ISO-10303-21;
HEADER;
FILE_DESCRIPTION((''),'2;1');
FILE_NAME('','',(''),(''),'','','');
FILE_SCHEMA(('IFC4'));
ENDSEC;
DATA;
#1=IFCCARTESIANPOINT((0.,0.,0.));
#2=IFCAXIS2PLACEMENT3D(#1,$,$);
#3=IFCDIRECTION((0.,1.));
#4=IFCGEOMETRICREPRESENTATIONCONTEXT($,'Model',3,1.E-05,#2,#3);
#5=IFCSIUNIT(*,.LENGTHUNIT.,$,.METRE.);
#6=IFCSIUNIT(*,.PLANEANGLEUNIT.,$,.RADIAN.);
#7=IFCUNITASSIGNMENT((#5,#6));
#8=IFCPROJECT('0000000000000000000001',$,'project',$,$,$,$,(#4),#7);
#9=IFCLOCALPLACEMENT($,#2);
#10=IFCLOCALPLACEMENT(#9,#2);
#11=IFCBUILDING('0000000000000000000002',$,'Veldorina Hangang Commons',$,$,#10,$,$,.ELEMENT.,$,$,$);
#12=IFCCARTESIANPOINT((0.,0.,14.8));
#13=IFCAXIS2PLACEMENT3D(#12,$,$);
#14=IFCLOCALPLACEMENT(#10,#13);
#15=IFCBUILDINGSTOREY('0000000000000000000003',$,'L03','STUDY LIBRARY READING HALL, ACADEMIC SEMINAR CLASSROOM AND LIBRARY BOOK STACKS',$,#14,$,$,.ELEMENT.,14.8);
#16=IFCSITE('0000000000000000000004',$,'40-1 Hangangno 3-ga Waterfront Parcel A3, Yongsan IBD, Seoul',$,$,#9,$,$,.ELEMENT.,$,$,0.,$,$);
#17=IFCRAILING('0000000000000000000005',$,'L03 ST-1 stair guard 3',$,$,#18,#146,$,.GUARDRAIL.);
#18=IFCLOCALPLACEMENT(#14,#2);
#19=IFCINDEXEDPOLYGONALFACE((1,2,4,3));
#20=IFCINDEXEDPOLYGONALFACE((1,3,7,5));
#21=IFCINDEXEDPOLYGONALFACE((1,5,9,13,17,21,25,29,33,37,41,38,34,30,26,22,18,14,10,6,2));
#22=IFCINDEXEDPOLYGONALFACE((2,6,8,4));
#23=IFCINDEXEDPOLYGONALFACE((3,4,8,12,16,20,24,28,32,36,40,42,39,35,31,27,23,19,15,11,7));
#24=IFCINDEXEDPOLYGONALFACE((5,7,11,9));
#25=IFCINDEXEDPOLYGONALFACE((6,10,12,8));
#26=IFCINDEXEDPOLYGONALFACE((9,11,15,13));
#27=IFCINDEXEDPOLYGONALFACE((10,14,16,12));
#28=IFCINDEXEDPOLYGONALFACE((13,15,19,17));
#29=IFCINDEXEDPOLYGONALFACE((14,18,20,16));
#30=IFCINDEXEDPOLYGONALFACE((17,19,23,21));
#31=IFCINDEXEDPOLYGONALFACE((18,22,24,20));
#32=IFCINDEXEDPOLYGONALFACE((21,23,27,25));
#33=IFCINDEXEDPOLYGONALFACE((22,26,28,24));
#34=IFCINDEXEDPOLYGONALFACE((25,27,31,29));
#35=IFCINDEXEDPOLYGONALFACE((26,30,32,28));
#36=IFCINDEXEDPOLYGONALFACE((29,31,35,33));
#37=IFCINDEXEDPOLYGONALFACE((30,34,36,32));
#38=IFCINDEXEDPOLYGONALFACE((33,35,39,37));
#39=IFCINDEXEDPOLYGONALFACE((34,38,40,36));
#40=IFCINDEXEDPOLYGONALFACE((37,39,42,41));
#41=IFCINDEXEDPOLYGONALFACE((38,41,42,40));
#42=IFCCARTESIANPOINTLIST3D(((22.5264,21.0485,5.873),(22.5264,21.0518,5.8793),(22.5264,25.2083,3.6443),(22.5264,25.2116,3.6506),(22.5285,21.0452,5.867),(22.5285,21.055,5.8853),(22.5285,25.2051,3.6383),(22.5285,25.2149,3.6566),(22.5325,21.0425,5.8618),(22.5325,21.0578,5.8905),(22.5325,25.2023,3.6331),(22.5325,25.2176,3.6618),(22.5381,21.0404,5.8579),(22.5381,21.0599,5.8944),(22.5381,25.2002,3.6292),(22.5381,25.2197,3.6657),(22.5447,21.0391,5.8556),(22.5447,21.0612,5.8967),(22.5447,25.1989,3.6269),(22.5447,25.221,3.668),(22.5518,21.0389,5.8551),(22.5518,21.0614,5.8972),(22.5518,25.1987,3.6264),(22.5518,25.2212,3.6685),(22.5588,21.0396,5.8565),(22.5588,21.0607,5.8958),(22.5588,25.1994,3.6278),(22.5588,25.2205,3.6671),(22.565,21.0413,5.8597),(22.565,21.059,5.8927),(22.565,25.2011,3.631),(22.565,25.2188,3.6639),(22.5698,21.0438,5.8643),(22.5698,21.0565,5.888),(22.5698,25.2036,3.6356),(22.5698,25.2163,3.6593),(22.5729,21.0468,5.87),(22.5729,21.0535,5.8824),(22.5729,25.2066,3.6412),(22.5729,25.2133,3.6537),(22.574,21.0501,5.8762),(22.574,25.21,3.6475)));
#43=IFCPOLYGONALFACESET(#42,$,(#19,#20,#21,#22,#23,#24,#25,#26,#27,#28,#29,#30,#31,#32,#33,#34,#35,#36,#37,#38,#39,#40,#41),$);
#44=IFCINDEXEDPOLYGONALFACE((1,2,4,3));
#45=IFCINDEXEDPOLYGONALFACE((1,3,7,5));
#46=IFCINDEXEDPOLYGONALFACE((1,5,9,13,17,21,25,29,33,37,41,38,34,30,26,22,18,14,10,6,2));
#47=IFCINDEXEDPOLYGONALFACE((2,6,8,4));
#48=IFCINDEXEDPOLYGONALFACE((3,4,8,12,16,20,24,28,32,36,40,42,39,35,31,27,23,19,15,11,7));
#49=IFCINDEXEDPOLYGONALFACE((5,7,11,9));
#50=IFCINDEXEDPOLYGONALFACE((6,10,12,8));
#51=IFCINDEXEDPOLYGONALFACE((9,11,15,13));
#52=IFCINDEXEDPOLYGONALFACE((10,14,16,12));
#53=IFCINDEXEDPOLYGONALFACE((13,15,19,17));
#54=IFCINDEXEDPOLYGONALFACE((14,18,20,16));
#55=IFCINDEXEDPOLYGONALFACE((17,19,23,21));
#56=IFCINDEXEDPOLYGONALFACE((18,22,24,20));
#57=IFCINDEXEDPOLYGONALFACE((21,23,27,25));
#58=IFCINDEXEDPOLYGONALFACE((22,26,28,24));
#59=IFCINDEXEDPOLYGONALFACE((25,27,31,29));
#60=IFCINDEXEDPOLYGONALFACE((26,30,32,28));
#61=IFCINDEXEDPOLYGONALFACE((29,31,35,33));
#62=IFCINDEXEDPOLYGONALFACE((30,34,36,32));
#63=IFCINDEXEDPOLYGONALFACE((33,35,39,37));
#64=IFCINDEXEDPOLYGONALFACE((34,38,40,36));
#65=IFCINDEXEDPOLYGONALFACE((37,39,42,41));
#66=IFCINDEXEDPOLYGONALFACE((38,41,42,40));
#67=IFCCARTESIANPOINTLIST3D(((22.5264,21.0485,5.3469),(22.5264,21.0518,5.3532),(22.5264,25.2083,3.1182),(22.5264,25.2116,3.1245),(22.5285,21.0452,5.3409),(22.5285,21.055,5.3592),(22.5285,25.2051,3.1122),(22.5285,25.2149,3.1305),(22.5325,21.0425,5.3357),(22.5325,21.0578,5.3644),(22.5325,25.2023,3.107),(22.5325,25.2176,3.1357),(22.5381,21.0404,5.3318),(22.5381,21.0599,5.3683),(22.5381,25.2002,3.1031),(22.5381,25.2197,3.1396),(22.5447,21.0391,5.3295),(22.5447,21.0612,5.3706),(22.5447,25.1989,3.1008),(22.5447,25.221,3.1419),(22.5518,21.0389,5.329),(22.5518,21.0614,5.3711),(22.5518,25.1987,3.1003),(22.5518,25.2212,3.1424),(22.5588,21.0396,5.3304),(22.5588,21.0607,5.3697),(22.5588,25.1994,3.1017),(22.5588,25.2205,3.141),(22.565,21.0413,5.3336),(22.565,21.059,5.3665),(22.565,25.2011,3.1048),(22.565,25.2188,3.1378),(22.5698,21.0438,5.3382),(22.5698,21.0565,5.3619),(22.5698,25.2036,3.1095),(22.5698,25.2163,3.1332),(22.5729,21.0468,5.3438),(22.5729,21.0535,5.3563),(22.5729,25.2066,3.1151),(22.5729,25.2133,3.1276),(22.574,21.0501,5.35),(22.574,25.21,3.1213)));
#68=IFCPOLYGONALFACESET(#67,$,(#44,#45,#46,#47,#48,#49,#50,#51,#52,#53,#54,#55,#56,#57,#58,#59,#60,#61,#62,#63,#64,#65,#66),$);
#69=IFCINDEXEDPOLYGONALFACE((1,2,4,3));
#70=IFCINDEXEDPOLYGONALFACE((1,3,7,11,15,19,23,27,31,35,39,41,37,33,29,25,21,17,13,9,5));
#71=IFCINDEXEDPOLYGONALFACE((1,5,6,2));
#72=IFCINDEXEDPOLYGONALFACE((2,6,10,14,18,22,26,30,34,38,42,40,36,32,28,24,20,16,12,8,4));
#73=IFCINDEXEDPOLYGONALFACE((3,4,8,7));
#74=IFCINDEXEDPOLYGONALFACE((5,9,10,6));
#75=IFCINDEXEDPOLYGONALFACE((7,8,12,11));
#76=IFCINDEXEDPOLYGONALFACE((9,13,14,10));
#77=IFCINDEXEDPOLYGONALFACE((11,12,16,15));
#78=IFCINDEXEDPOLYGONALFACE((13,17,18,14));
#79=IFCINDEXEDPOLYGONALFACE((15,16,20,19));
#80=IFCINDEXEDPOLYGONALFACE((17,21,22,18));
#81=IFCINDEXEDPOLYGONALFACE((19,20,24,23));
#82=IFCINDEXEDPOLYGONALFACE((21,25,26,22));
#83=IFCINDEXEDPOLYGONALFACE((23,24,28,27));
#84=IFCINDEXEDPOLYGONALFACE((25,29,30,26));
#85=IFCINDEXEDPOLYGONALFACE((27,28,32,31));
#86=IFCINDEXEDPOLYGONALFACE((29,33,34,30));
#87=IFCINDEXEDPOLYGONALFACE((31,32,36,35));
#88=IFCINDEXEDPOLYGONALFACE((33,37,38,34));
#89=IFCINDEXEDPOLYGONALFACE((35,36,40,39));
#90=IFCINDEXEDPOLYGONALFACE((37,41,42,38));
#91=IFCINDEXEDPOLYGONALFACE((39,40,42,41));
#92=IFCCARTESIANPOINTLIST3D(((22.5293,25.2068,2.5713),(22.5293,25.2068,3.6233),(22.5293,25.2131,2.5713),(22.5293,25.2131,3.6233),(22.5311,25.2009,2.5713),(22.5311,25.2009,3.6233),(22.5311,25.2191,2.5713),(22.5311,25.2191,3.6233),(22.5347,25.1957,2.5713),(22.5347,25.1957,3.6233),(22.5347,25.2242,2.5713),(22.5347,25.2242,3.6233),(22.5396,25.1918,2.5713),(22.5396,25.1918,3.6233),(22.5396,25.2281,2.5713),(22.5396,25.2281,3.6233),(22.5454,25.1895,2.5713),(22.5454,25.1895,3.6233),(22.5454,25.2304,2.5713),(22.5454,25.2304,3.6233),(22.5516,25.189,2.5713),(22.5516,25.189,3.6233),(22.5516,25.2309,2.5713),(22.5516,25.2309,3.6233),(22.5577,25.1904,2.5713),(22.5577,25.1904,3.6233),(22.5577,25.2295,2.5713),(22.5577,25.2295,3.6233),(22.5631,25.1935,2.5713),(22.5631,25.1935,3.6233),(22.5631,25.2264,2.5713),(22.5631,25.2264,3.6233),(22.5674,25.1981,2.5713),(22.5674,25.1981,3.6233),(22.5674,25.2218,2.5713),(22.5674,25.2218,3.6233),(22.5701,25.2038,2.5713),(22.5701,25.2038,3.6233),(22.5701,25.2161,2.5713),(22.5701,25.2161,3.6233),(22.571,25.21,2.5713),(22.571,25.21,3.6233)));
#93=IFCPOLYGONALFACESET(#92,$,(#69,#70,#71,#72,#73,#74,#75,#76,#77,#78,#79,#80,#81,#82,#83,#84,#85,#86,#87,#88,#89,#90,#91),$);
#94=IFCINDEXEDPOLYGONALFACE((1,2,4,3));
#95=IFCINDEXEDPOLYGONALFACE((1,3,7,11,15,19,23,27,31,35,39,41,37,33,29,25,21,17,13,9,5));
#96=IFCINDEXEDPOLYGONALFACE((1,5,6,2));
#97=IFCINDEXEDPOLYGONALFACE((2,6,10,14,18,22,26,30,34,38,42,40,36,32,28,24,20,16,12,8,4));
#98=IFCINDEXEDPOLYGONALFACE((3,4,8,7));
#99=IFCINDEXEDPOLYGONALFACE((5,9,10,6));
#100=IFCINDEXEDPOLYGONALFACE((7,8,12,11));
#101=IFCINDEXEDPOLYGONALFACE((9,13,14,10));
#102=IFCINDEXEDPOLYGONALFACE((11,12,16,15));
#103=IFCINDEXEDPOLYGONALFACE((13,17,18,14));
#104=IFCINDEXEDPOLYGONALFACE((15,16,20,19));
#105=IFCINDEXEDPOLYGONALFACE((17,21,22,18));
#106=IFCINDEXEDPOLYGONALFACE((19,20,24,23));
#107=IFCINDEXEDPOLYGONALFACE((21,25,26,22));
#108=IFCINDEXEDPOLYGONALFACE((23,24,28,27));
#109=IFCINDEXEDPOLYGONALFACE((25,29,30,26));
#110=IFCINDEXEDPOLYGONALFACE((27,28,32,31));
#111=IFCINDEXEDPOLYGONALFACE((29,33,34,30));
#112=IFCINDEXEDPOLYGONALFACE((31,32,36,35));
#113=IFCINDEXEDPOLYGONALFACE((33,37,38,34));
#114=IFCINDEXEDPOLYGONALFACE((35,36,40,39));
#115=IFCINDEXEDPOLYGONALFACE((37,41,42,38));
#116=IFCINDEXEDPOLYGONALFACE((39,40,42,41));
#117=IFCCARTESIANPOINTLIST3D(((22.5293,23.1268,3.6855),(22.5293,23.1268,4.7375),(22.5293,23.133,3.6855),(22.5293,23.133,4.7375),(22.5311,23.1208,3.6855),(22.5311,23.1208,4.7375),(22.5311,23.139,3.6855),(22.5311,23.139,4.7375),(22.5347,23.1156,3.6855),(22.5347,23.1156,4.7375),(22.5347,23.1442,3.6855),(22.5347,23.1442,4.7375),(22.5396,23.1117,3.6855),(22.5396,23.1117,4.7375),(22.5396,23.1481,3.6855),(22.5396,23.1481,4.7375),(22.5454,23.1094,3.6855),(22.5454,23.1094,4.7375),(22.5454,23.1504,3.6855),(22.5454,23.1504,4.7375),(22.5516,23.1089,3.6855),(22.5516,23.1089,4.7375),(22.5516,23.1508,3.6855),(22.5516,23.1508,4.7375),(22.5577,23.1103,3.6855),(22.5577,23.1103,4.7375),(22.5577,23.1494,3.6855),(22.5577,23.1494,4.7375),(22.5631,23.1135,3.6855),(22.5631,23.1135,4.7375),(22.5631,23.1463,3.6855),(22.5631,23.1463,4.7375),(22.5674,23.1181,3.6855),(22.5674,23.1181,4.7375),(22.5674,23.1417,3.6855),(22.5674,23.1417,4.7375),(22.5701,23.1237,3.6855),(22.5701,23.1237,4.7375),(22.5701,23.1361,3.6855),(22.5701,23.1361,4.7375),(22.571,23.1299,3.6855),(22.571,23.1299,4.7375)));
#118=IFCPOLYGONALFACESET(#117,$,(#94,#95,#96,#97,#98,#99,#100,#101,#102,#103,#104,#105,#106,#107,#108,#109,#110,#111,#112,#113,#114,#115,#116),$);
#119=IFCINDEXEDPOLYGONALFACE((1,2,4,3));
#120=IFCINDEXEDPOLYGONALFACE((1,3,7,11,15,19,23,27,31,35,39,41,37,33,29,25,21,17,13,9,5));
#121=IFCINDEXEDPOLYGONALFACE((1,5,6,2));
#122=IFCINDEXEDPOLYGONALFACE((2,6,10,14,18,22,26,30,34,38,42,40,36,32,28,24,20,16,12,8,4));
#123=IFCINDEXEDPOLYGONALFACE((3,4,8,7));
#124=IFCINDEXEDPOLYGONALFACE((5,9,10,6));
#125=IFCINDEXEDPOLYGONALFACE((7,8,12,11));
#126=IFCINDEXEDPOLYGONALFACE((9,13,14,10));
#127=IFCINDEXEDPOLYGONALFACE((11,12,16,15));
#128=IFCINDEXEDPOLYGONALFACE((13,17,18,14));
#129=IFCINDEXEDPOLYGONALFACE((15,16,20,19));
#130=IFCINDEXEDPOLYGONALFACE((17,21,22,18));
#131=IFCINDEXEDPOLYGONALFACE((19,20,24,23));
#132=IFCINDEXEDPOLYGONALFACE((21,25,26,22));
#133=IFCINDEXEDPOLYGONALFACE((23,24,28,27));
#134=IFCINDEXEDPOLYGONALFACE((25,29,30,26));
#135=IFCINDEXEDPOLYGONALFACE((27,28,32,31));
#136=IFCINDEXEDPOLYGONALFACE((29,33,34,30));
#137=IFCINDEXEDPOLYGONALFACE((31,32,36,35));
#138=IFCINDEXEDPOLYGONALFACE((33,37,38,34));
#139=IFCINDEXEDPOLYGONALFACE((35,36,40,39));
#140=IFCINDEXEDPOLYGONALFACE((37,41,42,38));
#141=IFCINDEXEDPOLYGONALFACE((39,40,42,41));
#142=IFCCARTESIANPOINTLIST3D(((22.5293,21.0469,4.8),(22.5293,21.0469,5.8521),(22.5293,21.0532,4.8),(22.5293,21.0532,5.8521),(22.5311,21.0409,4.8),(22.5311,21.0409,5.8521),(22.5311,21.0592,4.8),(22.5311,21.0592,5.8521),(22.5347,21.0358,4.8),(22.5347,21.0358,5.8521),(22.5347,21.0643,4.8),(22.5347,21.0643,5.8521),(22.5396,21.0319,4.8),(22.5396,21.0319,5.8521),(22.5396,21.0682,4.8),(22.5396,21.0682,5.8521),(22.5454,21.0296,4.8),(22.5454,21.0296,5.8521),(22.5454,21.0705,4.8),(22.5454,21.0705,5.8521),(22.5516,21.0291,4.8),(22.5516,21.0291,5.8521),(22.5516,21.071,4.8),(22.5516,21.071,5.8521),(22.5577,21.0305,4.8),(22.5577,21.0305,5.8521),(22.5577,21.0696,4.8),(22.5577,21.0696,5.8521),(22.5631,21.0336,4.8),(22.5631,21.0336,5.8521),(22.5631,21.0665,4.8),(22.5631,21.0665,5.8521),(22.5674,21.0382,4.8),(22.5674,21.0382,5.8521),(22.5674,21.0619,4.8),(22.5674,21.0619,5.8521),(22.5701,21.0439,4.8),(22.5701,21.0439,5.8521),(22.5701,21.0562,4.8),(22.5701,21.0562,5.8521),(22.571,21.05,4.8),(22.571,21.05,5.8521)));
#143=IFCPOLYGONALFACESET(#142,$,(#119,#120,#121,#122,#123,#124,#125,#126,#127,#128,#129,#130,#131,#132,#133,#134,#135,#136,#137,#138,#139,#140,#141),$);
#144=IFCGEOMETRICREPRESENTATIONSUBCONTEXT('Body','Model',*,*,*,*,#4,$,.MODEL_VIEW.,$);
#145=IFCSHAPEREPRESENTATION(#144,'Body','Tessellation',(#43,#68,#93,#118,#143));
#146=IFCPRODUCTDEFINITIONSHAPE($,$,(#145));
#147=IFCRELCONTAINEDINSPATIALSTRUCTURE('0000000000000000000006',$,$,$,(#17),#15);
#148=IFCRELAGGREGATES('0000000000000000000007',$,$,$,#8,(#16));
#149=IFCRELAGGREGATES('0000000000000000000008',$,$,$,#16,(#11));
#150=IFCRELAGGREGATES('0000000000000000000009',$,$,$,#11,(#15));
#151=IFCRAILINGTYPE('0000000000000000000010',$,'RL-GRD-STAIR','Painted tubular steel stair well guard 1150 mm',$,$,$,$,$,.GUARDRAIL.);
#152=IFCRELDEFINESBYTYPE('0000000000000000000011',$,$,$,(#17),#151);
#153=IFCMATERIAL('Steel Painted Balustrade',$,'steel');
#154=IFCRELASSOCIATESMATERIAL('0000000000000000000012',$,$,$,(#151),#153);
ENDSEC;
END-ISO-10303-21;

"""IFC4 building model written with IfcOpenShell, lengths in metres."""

from ifc_helpers import new_model, si_unit, direction, frame, origin, origin_2d, place, context, subcontext, project, spatial, circle, extrude, material, type_object, element, save


model = new_model("IFC4")

# Units and contexts
model_context = context("Model", 3, precision=1e-05, world=origin(), true_north=direction((0.0, 1.0)))
body_context = subcontext(model_context, "Body", "Model", "MODEL_VIEW")
ifc_project = project(units=[si_unit("LENGTHUNIT", "METRE"), si_unit("PLANEANGLEUNIT", "RADIAN")], contexts=[model_context])

# Site, building, storey
site_placement = place(None, origin())
site = spatial("IfcSite", under=ifc_project, at=site_placement, Name="40-1 Hangangno 3-ga Waterfront Parcel A3, Yongsan IBD, Seoul", CompositionType="ELEMENT", RefElevation=0.0)
building_placement = place(site_placement, origin())
building = spatial("IfcBuilding", under=site, at=building_placement, Name="Veldorina Hangang Commons", CompositionType="ELEMENT")
storey_placement = place(building_placement, frame((0.0, 0.0, 14.8)))
storey = spatial("IfcBuildingStorey", under=building, at=storey_placement, Name="L03", Description="STUDY LIBRARY READING HALL, ACADEMIC SEMINAR CLASSROOM AND LIBRARY BOOK STACKS", CompositionType="ELEMENT", Elevation=14.8)

# Railing
ifc_material_1 = material(Name="Steel Painted Balustrade", Category="steel")
railing_type_1 = type_object("IfcRailingType", Name="RL-GRD-STAIR", Description="Painted tubular steel stair well guard 1150 mm", PredefinedType="GUARDRAIL", material=ifc_material_1)
railing_1_placement = place(storey_placement, frame((22.55, 25.21, 2.5713)))
element("IfcRailing", 1, at=railing_1_placement, inside=storey, type_object=railing_type_1, Name="L03 ST-1 stair guard 3", PredefinedType="GUARDRAIL", context=body_context, shape_type="SweptSolid", body=[
    extrude(circle(Radius=0.0239, at=origin_2d()), frame((0.0, 0.0, 1.0762), z_axis=(0.0, -0.881459, 0.47226), x_axis=(1.0, 0.0, 0.0)), (0.0, 0.0, 1.0), 4.7192),
    extrude(circle(Radius=0.0239, at=origin_2d()), frame((0.0, 0.0, 0.55), z_axis=(0.0, -0.881459, 0.47226), x_axis=(1.0, 0.0, 0.0)), (0.0, 0.0, 1.0), 4.7192),
    extrude(circle(Radius=0.021, at=origin_2d()), origin(), (0.0, 0.0, 1.0), 1.052),
    extrude(circle(Radius=0.021, at=origin_2d()), frame((0.0, -2.0801, 1.1143)), (0.0, 0.0, 1.0), 1.052),
    extrude(circle(Radius=0.021, at=origin_2d()), frame((0.0, -4.1599, 2.2288)), (0.0, 0.0, 1.0), 1.052),
])

save(model, "model.ifc")
